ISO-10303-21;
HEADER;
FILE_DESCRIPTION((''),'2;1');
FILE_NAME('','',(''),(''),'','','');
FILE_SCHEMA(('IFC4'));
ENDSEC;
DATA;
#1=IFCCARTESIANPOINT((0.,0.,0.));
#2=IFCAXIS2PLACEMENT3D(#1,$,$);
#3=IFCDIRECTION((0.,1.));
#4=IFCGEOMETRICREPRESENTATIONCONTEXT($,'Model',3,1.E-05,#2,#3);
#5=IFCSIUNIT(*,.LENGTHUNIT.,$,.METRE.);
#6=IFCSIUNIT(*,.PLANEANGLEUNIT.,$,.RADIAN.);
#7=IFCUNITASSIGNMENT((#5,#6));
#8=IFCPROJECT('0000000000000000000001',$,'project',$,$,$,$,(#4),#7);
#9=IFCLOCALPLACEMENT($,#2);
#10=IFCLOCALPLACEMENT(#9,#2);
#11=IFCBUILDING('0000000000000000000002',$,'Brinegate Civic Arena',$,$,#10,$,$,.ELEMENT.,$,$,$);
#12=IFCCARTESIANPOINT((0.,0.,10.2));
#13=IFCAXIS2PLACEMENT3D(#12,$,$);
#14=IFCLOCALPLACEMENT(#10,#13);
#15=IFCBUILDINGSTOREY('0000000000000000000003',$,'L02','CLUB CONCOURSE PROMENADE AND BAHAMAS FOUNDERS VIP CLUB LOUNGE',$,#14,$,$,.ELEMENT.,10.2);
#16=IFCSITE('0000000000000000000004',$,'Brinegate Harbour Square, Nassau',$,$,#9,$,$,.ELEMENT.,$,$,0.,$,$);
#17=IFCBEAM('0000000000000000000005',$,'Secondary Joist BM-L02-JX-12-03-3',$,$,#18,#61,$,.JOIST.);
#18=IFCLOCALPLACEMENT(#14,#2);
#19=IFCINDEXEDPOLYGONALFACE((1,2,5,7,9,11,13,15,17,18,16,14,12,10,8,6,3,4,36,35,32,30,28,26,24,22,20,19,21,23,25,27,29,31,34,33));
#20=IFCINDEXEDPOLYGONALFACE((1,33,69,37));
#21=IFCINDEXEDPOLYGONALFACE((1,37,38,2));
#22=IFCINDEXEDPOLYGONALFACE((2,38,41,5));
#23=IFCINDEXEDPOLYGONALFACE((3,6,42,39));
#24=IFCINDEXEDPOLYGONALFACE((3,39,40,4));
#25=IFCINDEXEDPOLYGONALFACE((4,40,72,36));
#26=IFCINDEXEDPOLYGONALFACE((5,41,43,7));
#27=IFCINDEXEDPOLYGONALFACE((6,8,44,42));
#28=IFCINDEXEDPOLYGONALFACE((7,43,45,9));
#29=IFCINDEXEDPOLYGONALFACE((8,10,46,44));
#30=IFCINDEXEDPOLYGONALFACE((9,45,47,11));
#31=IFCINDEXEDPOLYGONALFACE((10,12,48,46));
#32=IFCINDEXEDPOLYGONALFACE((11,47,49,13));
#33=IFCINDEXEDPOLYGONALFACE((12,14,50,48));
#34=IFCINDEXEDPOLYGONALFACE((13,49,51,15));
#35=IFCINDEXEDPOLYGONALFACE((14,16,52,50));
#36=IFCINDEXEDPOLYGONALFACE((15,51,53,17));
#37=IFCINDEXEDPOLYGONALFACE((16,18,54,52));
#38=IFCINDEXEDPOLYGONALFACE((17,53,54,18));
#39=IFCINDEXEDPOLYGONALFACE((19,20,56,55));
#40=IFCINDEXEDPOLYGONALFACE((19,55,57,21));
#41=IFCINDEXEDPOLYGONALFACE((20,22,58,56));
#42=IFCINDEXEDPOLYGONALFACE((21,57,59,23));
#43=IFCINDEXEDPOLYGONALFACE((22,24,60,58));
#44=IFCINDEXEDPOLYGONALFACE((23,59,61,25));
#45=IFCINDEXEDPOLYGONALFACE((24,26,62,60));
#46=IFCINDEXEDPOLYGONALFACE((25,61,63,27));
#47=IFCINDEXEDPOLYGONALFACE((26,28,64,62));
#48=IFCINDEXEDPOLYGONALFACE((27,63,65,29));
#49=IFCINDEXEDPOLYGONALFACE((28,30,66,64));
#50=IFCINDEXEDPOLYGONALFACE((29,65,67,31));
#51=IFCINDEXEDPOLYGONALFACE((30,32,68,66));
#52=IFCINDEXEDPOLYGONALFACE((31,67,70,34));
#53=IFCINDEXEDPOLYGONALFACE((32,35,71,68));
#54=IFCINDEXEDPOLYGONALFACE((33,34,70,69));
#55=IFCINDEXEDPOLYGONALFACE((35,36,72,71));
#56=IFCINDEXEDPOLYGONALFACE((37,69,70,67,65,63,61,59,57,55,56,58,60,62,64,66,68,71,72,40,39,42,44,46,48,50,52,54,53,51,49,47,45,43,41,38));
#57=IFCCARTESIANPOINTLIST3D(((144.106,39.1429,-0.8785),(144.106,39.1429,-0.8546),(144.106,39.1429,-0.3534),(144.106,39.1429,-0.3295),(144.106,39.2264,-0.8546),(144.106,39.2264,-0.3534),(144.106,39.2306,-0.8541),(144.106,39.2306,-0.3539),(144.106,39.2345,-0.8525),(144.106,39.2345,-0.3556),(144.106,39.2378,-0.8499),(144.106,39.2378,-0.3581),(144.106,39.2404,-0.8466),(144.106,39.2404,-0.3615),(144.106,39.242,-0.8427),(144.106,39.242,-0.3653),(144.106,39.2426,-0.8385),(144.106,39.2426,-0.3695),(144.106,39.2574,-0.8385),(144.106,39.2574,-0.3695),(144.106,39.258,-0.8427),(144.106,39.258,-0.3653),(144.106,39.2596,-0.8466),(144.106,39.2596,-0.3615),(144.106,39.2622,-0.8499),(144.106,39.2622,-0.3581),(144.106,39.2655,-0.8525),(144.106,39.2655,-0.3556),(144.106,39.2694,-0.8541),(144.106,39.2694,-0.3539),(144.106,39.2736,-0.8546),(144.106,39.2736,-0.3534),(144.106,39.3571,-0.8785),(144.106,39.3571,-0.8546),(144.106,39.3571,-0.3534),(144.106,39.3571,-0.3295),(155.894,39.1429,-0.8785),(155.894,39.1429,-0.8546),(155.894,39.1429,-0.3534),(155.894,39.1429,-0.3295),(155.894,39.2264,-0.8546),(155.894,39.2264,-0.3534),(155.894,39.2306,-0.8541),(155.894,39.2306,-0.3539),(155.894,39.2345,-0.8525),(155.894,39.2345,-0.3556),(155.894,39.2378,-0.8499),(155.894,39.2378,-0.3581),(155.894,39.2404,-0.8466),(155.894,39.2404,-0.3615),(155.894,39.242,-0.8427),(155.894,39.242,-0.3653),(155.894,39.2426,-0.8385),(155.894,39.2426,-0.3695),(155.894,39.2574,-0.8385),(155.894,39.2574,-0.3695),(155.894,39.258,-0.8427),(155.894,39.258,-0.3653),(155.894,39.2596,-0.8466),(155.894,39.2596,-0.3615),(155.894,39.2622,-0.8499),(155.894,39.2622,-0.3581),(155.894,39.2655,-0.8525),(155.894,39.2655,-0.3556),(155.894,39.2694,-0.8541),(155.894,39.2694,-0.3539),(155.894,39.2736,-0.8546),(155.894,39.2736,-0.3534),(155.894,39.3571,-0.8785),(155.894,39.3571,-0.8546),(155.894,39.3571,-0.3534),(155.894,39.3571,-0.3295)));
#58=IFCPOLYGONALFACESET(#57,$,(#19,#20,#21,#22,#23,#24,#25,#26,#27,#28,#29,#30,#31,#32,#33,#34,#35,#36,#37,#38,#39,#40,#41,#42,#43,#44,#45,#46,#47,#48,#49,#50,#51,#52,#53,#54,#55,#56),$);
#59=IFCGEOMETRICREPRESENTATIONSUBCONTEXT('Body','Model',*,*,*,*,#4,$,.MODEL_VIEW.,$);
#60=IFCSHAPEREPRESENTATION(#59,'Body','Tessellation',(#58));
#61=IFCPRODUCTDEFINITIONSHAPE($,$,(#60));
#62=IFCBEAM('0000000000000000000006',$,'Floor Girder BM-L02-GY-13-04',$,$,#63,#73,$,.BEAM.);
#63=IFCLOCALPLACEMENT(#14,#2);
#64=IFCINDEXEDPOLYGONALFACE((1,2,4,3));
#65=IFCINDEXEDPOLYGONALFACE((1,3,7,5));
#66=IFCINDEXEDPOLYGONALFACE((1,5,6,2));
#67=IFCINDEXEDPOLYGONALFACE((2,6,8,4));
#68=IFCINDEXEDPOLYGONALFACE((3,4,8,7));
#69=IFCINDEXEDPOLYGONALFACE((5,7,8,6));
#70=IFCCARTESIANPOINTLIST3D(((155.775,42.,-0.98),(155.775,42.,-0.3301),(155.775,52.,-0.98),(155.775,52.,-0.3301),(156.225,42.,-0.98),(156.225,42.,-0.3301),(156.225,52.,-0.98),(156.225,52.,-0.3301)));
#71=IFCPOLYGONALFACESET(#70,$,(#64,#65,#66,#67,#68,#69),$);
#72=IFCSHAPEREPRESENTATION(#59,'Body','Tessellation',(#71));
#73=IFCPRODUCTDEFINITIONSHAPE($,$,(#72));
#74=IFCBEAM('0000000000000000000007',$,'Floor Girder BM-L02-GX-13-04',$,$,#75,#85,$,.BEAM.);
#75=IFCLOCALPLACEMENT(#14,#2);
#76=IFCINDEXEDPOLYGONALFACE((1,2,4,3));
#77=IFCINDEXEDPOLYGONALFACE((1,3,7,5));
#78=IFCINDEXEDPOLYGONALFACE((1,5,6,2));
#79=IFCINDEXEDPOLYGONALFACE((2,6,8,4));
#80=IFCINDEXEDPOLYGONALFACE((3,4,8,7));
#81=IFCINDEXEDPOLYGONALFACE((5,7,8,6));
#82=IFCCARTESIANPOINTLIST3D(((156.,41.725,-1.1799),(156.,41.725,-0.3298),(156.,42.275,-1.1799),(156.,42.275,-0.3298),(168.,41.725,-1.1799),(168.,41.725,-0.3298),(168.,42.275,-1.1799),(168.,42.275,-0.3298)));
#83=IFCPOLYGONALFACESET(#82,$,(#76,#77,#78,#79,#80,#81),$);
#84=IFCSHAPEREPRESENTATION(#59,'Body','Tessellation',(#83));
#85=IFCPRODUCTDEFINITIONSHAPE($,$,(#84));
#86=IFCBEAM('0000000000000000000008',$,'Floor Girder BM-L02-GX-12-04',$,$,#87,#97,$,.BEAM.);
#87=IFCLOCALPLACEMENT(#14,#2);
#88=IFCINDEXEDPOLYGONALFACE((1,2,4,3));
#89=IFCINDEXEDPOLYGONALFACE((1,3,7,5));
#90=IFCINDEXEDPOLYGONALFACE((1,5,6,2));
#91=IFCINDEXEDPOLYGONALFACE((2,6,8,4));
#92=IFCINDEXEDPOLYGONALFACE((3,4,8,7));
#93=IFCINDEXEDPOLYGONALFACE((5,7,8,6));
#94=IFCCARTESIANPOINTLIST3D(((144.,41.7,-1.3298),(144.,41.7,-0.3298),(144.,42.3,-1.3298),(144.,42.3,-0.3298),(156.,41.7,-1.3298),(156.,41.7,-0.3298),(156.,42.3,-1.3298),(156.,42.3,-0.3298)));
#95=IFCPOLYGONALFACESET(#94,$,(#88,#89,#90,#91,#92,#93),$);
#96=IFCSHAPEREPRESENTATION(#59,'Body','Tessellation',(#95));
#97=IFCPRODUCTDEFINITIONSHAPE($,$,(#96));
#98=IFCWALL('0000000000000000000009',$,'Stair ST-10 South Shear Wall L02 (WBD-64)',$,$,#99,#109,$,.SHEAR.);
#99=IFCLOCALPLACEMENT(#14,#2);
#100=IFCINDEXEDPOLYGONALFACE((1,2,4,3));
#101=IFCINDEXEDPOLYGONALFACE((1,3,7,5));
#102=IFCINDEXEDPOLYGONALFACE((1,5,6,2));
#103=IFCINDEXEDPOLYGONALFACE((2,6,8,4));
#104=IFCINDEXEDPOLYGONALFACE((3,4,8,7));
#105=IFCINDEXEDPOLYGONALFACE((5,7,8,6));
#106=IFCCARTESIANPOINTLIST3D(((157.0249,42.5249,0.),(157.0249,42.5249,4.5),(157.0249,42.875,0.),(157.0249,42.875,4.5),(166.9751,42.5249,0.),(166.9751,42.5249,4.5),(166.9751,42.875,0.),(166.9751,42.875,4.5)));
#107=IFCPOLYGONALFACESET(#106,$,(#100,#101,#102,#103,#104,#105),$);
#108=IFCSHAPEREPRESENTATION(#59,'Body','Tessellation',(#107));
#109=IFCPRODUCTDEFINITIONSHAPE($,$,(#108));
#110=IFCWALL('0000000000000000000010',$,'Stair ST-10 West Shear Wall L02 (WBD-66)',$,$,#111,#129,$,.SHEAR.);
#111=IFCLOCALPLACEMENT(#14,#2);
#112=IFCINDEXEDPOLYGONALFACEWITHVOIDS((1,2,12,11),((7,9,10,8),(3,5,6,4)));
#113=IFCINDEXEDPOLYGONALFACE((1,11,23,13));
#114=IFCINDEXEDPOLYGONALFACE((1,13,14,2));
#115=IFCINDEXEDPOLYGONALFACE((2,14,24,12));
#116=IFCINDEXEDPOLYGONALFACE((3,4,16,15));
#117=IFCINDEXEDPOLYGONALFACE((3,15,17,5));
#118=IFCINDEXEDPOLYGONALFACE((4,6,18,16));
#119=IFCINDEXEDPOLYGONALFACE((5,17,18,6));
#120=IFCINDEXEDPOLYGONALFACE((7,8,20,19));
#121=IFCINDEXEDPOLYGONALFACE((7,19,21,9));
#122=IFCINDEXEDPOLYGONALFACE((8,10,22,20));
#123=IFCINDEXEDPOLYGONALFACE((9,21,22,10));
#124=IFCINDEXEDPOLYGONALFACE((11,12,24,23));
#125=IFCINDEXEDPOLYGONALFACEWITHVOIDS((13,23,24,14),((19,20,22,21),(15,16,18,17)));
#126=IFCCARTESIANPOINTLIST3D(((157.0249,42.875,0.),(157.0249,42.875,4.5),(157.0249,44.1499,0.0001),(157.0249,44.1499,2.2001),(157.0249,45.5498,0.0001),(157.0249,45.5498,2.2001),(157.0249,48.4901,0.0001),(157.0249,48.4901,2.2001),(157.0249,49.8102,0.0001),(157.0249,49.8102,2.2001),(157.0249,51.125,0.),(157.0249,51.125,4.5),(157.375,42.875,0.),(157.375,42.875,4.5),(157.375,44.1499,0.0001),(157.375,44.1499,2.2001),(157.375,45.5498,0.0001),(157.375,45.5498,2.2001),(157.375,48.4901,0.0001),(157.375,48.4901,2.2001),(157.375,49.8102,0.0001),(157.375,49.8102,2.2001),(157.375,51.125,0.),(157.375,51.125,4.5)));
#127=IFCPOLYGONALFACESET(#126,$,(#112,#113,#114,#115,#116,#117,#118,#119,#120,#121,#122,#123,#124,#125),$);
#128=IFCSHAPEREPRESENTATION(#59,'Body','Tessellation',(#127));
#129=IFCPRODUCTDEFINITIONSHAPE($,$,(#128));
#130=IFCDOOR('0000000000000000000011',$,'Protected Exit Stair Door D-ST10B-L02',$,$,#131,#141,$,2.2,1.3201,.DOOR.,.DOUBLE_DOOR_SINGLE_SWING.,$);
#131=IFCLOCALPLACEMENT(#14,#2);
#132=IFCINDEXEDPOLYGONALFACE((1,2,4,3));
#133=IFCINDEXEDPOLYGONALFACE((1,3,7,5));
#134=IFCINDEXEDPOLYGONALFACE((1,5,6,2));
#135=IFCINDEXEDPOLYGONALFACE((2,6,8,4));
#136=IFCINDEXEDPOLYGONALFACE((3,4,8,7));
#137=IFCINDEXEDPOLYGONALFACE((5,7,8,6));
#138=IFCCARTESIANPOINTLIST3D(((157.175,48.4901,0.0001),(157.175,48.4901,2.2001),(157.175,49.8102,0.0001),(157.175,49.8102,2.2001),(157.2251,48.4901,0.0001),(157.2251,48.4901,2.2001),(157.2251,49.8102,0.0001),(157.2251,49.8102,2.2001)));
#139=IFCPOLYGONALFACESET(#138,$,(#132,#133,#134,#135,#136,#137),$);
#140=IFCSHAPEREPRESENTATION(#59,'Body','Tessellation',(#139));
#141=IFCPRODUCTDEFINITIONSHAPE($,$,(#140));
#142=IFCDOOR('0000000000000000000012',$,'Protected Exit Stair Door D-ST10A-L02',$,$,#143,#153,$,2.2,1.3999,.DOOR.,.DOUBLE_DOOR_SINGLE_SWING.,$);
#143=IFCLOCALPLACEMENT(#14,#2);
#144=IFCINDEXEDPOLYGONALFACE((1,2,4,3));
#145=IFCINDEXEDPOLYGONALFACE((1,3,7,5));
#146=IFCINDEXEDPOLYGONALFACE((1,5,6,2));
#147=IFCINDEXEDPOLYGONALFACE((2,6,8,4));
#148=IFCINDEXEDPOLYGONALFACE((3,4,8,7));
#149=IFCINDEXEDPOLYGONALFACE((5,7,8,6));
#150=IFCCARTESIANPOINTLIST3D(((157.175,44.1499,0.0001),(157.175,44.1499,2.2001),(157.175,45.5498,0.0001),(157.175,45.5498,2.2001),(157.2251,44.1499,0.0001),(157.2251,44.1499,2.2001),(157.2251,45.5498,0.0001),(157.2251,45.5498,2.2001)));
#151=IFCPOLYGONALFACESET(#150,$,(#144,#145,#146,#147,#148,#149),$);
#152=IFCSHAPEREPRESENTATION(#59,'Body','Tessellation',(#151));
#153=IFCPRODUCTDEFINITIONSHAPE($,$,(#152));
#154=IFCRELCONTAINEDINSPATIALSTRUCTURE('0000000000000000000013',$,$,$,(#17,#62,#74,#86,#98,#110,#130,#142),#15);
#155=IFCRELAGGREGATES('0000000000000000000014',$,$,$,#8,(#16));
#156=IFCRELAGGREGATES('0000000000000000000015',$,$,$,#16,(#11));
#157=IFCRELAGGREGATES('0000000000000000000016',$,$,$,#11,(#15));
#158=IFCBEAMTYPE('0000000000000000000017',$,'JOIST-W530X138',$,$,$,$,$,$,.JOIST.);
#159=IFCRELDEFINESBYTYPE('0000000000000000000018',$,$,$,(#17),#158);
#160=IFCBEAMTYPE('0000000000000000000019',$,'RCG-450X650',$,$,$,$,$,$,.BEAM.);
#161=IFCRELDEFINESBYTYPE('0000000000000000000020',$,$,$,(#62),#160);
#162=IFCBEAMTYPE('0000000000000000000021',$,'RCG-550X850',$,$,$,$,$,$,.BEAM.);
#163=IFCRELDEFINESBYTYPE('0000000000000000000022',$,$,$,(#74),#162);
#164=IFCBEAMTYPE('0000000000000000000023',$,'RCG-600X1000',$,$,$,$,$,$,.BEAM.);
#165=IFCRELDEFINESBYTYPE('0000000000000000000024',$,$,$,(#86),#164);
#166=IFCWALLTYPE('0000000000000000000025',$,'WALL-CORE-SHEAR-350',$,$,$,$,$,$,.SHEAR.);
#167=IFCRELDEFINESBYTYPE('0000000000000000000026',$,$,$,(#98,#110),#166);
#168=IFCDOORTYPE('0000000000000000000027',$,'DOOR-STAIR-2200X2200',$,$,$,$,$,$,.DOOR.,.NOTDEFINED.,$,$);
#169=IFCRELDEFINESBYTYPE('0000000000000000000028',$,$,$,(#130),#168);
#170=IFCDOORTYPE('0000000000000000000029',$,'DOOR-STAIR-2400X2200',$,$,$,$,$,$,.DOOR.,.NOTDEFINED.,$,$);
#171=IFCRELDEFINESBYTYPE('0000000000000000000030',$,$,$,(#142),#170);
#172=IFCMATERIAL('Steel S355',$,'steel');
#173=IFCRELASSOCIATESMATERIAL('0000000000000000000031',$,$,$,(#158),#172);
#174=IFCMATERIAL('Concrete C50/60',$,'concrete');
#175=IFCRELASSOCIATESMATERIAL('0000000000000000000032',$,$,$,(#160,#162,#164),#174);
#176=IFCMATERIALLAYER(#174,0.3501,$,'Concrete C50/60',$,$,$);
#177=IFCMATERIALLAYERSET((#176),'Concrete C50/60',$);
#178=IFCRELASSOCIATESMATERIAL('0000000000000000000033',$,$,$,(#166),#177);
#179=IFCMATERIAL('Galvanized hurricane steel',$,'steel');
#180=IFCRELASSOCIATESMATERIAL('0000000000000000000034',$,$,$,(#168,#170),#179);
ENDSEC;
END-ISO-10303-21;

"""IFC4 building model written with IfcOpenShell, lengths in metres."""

from ifc_helpers import new_model, si_unit, direction, frame, frame_2d, origin, origin_2d, place, context, subcontext, project, spatial, rectangle, i_section, extrude, material, layer, layer_set, material_profile, profile_set, type_object, element, fill, save


model = new_model("IFC4")

# Units and contexts
model_context = context("Model", 3, precision=1e-05, world=origin(), true_north=direction((0.0, 1.0)))
body_context = subcontext(model_context, "Body", "Model", "MODEL_VIEW")
ifc_project = project(units=[si_unit("LENGTHUNIT", "METRE"), si_unit("PLANEANGLEUNIT", "RADIAN")], contexts=[model_context])

# Site, building, storey
site_placement = place(None, origin())
site = spatial("IfcSite", under=ifc_project, at=site_placement, Name="Brinegate Harbour Square, Nassau", CompositionType="ELEMENT", RefElevation=0.0)
building_placement = place(site_placement, origin())
building = spatial("IfcBuilding", under=site, at=building_placement, Name="Brinegate Civic Arena", CompositionType="ELEMENT")
storey_placement = place(building_placement, frame((0.0, 0.0, 10.2)))
storey = spatial("IfcBuildingStorey", under=building, at=storey_placement, Name="L02", Description="CLUB CONCOURSE PROMENADE AND BAHAMAS FOUNDERS VIP CLUB LOUNGE", CompositionType="ELEMENT", Elevation=10.2)

# Shared definitions
ifc_material_1 = material(Name="Concrete C50/60", Category="concrete")

# Beams
ifc_material_2 = material(Name="Steel S355", Category="steel")
ifc_material_profile_1 = material_profile(ifc_material_2, i_section(OverallWidth=0.2141, OverallDepth=0.5491, WebThickness=0.0149, FlangeThickness=0.0239, FilletRadius=0.0161, at=origin_2d()), Name="W530X138")
ifc_profile_set_1 = profile_set([ifc_material_profile_1], Name="Steel S355")
beam_type_1 = type_object("IfcBeamType", Name="JOIST-W530X138", PredefinedType="JOIST", material=ifc_profile_set_1)
beam_1_placement = place(storey_placement, frame((144.106, 39.25, -0.604), z_axis=(1.0, 0.0, 0.0), x_axis=(0.0, 1.0, 0.0)))
element("IfcBeam", 1, at=beam_1_placement, inside=storey, type_object=beam_type_1, Name="Secondary Joist BM-L02-JX-12-03-3", PredefinedType="JOIST", context=body_context, shape_type="SweptSolid", body=[
    extrude(i_section(OverallWidth=0.2141, OverallDepth=0.5491, WebThickness=0.0149, FlangeThickness=0.0239, FilletRadius=0.0161, at=origin_2d()), origin(), (0.0, 0.0, 1.0), 11.7881),
])
ifc_material_profile_2 = material_profile(ifc_material_1, rectangle(XDim=0.45, YDim=0.6499, at=origin_2d()), Name="RCB450X650")
ifc_profile_set_2 = profile_set([ifc_material_profile_2], Name="Concrete C50/60")
beam_type_2 = type_object("IfcBeamType", Name="RCG-450X650", PredefinedType="BEAM", material=ifc_profile_set_2)
beam_2_placement = place(storey_placement, frame((156.0, 42.0, -0.655), z_axis=(0.0, 1.0, 0.0), x_axis=(-1.0, 0.0, 0.0)))
element("IfcBeam", 2, at=beam_2_placement, inside=storey, type_object=beam_type_2, Name="Floor Girder BM-L02-GY-13-04", PredefinedType="BEAM", context=body_context, shape_type="SweptSolid", body=[
    extrude(rectangle(XDim=0.45, YDim=0.6499, at=origin_2d()), origin(), (0.0, 0.0, 1.0), 10.0),
])
ifc_material_profile_3 = material_profile(ifc_material_1, rectangle(XDim=0.55, YDim=0.8501, at=origin_2d()), Name="RCB550X850")
ifc_profile_set_3 = profile_set([ifc_material_profile_3], Name="Concrete C50/60")
beam_type_3 = type_object("IfcBeamType", Name="RCG-550X850", PredefinedType="BEAM", material=ifc_profile_set_3)
beam_3_placement = place(storey_placement, frame((156.0, 42.0, -0.7549), z_axis=(1.0, 0.0, 0.0), x_axis=(0.0, 1.0, 0.0)))
element("IfcBeam", 3, at=beam_3_placement, inside=storey, type_object=beam_type_3, Name="Floor Girder BM-L02-GX-13-04", PredefinedType="BEAM", context=body_context, shape_type="SweptSolid", body=[
    extrude(rectangle(XDim=0.55, YDim=0.8501, at=origin_2d()), origin(), (0.0, 0.0, 1.0), 12.0),
])
ifc_material_profile_4 = material_profile(ifc_material_1, rectangle(XDim=0.6001, YDim=1.0, at=origin_2d()), Name="RCB600X1000")
ifc_profile_set_4 = profile_set([ifc_material_profile_4], Name="Concrete C50/60")
beam_type_4 = type_object("IfcBeamType", Name="RCG-600X1000", PredefinedType="BEAM", material=ifc_profile_set_4)
beam_4_placement = place(storey_placement, frame((144.0, 42.0, -0.8298), z_axis=(1.0, 0.0, 0.0), x_axis=(0.0, 1.0, 0.0)))
element("IfcBeam", 4, at=beam_4_placement, inside=storey, type_object=beam_type_4, Name="Floor Girder BM-L02-GX-12-04", PredefinedType="BEAM", context=body_context, shape_type="SweptSolid", body=[
    extrude(rectangle(XDim=0.6001, YDim=1.0, at=origin_2d()), origin(), (0.0, 0.0, 1.0), 12.0),
])

# Wall
ifc_layer_1 = layer(ifc_material_1, 0.3501, Name="Concrete C50/60")
ifc_layer_set_1 = layer_set([ifc_layer_1], Name="Concrete C50/60")
wall_type_1 = type_object("IfcWallType", Name="WALL-CORE-SHEAR-350", PredefinedType="SHEAR", material=ifc_layer_set_1)
wall_1_placement = place(storey_placement, frame((157.0249, 42.7, 0.0), z_axis=(0.0, 0.0, 1.0), x_axis=(1.0, 0.0, 0.0)))
element("IfcWall", 5, at=wall_1_placement, inside=storey, type_object=wall_type_1, Name="Stair ST-10 South Shear Wall L02 (WBD-64)", PredefinedType="SHEAR", context=body_context, shape_type="SweptSolid", body=[
    extrude(rectangle(XDim=9.9502, YDim=0.3501, at=frame_2d((4.9751, 0.0))), origin(), (0.0, 0.0, 1.0), 4.5),
])

# Wall, openings, doors
wall_2_placement = place(storey_placement, frame((157.2, 42.875, 0.0), z_axis=(0.0, 0.0, 1.0), x_axis=(0.0, 1.0, 0.0)))
wall_2 = element("IfcWall", 6, at=wall_2_placement, inside=storey, type_object=wall_type_1, Name="Stair ST-10 West Shear Wall L02 (WBD-66)", PredefinedType="SHEAR", context=body_context, shape_type="SweptSolid", body=[
    extrude(rectangle(XDim=8.25, YDim=0.3501, at=frame_2d((4.125, 0.0))), origin(), (0.0, 0.0, 1.0), 4.5),
])
opening_1_placement = place(wall_2_placement, frame((1.2749, 0.0, 0.0)))
opening_1 = element("IfcOpeningElement", 7, at=opening_1_placement, cuts=wall_2, PredefinedType="OPENING", context=body_context, shape_type="SweptSolid", body=[
    extrude(rectangle(XDim=1.3999, YDim=2.2, at=frame_2d((0.7, 1.1001))), frame((0.0, 0.1851, 0.0), z_axis=(0.0, -1.0, 0.0), x_axis=(1.0, 0.0, 0.0)), (0.0, 0.0, 1.0), 0.3701),
])
opening_2_placement = place(wall_2_placement, frame((5.615, 0.0, 0.0)))
opening_2 = element("IfcOpeningElement", 8, at=opening_2_placement, cuts=wall_2, PredefinedType="OPENING", context=body_context, shape_type="SweptSolid", body=[
    extrude(rectangle(XDim=1.3201, YDim=2.2, at=frame_2d((0.6602, 1.1001))), frame((0.0, 0.1851, 0.0), z_axis=(0.0, -1.0, 0.0), x_axis=(1.0, 0.0, 0.0)), (0.0, 0.0, 1.0), 0.3701),
])
ifc_material_3 = material(Name="Galvanized hurricane steel", Category="steel")
door_type_1 = type_object("IfcDoorType", Name="DOOR-STAIR-2200X2200", OperationType="NOTDEFINED", PredefinedType="DOOR", material=ifc_material_3)
door_1_placement = place(opening_2_placement, origin())
door_1 = element("IfcDoor", 9, at=door_1_placement, inside=storey, type_object=door_type_1, Name="Protected Exit Stair Door D-ST10B-L02", OperationType="DOUBLE_DOOR_SINGLE_SWING", OverallHeight=2.2, OverallWidth=1.3201, PredefinedType="DOOR", context=body_context, shape_type="SweptSolid", body=[
    extrude(rectangle(XDim=1.3201, YDim=2.2, at=frame_2d((0.6602, 1.1001))), frame((0.0, 0.0249, 0.0), z_axis=(0.0, -1.0, 0.0), x_axis=(1.0, 0.0, 0.0)), (0.0, 0.0, 1.0), 0.05),
])
fill(opening_2, door_1)
door_type_2 = type_object("IfcDoorType", Name="DOOR-STAIR-2400X2200", OperationType="NOTDEFINED", PredefinedType="DOOR", material=ifc_material_3)
door_2_placement = place(opening_1_placement, origin())
door_2 = element("IfcDoor", 10, at=door_2_placement, inside=storey, type_object=door_type_2, Name="Protected Exit Stair Door D-ST10A-L02", OperationType="DOUBLE_DOOR_SINGLE_SWING", OverallHeight=2.2, OverallWidth=1.3999, PredefinedType="DOOR", context=body_context, shape_type="SweptSolid", body=[
    extrude(rectangle(XDim=1.3999, YDim=2.2, at=frame_2d((0.7, 1.1001))), frame((0.0, 0.0249, 0.0), z_axis=(0.0, -1.0, 0.0), x_axis=(1.0, 0.0, 0.0)), (0.0, 0.0, 1.0), 0.05),
])
fill(opening_1, door_2)

save(model, "model.ifc")
